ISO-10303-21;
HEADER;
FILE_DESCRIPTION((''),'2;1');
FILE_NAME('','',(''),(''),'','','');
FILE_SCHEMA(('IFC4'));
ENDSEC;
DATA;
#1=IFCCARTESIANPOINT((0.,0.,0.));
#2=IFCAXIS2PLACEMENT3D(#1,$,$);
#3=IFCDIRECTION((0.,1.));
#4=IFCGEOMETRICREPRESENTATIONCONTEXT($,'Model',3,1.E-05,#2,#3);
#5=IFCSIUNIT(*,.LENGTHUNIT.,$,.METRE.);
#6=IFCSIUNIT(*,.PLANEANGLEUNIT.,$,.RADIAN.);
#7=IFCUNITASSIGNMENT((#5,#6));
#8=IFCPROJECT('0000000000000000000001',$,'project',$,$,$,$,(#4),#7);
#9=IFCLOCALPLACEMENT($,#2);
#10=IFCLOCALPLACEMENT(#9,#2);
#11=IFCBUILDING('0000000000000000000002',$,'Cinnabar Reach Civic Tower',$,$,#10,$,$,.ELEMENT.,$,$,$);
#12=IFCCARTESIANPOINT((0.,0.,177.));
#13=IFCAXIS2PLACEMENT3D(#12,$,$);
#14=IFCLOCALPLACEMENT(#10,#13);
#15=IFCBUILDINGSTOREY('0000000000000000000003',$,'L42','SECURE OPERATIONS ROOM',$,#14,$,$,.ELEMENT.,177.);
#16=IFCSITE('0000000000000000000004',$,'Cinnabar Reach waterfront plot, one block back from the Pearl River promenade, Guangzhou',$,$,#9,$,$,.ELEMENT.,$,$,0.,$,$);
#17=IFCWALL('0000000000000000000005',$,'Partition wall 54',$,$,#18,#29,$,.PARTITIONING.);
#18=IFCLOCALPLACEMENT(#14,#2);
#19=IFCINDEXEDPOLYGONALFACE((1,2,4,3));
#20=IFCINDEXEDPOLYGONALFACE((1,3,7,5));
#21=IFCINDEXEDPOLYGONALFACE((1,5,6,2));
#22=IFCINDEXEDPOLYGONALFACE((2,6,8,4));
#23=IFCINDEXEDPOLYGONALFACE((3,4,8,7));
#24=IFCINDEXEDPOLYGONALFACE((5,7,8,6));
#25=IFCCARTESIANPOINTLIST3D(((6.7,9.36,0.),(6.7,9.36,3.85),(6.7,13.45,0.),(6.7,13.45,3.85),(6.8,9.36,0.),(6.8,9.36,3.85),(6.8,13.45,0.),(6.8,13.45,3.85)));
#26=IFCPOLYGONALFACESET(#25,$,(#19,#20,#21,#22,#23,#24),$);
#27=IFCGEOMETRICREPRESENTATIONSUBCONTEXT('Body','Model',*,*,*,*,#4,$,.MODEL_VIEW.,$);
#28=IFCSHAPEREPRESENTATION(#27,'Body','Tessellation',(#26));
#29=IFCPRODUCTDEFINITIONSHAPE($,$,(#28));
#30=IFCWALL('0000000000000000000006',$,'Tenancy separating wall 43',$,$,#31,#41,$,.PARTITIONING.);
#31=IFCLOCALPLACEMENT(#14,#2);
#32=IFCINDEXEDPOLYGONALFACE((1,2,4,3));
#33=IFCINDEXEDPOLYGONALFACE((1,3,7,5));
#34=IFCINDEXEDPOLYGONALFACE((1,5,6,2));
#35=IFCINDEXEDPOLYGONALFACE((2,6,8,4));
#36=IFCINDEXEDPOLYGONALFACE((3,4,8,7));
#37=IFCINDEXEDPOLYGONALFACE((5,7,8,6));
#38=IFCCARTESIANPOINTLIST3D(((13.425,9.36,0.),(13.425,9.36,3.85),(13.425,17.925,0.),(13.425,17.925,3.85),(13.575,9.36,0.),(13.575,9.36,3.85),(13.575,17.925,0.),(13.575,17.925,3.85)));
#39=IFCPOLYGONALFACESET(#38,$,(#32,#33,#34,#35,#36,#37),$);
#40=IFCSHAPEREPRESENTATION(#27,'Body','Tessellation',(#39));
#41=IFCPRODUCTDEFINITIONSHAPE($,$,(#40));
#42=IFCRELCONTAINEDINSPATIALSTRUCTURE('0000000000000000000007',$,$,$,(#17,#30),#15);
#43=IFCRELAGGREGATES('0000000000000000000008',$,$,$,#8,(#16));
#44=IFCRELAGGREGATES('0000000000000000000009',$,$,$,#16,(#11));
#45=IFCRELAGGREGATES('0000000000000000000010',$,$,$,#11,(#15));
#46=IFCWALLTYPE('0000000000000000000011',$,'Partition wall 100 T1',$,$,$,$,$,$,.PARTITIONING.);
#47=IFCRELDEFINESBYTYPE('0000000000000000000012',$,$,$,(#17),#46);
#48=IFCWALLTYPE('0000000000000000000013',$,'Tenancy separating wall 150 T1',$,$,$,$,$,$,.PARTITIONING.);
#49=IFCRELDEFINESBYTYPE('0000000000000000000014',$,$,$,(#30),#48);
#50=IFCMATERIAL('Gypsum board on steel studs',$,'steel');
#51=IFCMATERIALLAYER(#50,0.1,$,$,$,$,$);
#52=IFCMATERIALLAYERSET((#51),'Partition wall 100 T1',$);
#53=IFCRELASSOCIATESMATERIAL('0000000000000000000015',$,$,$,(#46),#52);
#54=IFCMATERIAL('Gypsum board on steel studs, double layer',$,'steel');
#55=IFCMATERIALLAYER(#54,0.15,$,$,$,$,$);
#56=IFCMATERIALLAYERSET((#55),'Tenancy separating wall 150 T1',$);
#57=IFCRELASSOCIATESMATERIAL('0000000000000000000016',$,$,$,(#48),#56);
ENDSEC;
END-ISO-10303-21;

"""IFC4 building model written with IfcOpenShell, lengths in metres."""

from ifc_helpers import new_model, si_unit, direction, frame, frame_2d, origin, place, context, subcontext, project, spatial, rectangle, extrude, material, layer, layer_set, type_object, element, save


model = new_model("IFC4")

# Units and contexts
model_context = context("Model", 3, precision=1e-05, world=origin(), true_north=direction((0.0, 1.0)))
body_context = subcontext(model_context, "Body", "Model", "MODEL_VIEW")
ifc_project = project(units=[si_unit("LENGTHUNIT", "METRE"), si_unit("PLANEANGLEUNIT", "RADIAN")], contexts=[model_context])

# Site, building, storey
site_placement = place(None, origin())
site = spatial("IfcSite", under=ifc_project, at=site_placement, Name="Cinnabar Reach waterfront plot, one block back from the Pearl River promenade, Guangzhou", CompositionType="ELEMENT", RefElevation=0.0)
building_placement = place(site_placement, origin())
building = spatial("IfcBuilding", under=site, at=building_placement, Name="Cinnabar Reach Civic Tower", CompositionType="ELEMENT")
storey_placement = place(building_placement, frame((0.0, 0.0, 177.0)))
storey = spatial("IfcBuildingStorey", under=building, at=storey_placement, Name="L42", Description="SECURE OPERATIONS ROOM", CompositionType="ELEMENT", Elevation=177.0)

# Walls
ifc_material_1 = material(Name="Gypsum board on steel studs", Category="steel")
ifc_layer_1 = layer(ifc_material_1, 0.1)
ifc_layer_set_1 = layer_set([ifc_layer_1], Name="Partition wall 100 T1")
wall_type_1 = type_object("IfcWallType", Name="Partition wall 100 T1", PredefinedType="PARTITIONING", material=ifc_layer_set_1)
wall_1_placement = place(storey_placement, frame((6.75, 9.36, 0.0), z_axis=(0.0, 0.0, 1.0), x_axis=(0.0, 1.0, 0.0)))
element("IfcWall", 1, at=wall_1_placement, inside=storey, type_object=wall_type_1, Name="Partition wall 54", PredefinedType="PARTITIONING", context=body_context, shape_type="SweptSolid", body=[
    extrude(rectangle(XDim=4.09, YDim=0.1, at=frame_2d((2.045, 0.0))), origin(), (0.0, 0.0, 1.0), 3.85),
])
ifc_material_2 = material(Name="Gypsum board on steel studs, double layer", Category="steel")
ifc_layer_2 = layer(ifc_material_2, 0.15)
ifc_layer_set_2 = layer_set([ifc_layer_2], Name="Tenancy separating wall 150 T1")
wall_type_2 = type_object("IfcWallType", Name="Tenancy separating wall 150 T1", PredefinedType="PARTITIONING", material=ifc_layer_set_2)
wall_2_placement = place(storey_placement, frame((13.5, 9.36, 0.0), z_axis=(0.0, 0.0, 1.0), x_axis=(0.0, 1.0, 0.0)))
element("IfcWall", 2, at=wall_2_placement, inside=storey, type_object=wall_type_2, Name="Tenancy separating wall 43", PredefinedType="PARTITIONING", context=body_context, shape_type="SweptSolid", body=[
    extrude(rectangle(XDim=8.565, YDim=0.15, at=frame_2d((4.2825, 0.0))), origin(), (0.0, 0.0, 1.0), 3.85),
])

save(model, "model.ifc")
